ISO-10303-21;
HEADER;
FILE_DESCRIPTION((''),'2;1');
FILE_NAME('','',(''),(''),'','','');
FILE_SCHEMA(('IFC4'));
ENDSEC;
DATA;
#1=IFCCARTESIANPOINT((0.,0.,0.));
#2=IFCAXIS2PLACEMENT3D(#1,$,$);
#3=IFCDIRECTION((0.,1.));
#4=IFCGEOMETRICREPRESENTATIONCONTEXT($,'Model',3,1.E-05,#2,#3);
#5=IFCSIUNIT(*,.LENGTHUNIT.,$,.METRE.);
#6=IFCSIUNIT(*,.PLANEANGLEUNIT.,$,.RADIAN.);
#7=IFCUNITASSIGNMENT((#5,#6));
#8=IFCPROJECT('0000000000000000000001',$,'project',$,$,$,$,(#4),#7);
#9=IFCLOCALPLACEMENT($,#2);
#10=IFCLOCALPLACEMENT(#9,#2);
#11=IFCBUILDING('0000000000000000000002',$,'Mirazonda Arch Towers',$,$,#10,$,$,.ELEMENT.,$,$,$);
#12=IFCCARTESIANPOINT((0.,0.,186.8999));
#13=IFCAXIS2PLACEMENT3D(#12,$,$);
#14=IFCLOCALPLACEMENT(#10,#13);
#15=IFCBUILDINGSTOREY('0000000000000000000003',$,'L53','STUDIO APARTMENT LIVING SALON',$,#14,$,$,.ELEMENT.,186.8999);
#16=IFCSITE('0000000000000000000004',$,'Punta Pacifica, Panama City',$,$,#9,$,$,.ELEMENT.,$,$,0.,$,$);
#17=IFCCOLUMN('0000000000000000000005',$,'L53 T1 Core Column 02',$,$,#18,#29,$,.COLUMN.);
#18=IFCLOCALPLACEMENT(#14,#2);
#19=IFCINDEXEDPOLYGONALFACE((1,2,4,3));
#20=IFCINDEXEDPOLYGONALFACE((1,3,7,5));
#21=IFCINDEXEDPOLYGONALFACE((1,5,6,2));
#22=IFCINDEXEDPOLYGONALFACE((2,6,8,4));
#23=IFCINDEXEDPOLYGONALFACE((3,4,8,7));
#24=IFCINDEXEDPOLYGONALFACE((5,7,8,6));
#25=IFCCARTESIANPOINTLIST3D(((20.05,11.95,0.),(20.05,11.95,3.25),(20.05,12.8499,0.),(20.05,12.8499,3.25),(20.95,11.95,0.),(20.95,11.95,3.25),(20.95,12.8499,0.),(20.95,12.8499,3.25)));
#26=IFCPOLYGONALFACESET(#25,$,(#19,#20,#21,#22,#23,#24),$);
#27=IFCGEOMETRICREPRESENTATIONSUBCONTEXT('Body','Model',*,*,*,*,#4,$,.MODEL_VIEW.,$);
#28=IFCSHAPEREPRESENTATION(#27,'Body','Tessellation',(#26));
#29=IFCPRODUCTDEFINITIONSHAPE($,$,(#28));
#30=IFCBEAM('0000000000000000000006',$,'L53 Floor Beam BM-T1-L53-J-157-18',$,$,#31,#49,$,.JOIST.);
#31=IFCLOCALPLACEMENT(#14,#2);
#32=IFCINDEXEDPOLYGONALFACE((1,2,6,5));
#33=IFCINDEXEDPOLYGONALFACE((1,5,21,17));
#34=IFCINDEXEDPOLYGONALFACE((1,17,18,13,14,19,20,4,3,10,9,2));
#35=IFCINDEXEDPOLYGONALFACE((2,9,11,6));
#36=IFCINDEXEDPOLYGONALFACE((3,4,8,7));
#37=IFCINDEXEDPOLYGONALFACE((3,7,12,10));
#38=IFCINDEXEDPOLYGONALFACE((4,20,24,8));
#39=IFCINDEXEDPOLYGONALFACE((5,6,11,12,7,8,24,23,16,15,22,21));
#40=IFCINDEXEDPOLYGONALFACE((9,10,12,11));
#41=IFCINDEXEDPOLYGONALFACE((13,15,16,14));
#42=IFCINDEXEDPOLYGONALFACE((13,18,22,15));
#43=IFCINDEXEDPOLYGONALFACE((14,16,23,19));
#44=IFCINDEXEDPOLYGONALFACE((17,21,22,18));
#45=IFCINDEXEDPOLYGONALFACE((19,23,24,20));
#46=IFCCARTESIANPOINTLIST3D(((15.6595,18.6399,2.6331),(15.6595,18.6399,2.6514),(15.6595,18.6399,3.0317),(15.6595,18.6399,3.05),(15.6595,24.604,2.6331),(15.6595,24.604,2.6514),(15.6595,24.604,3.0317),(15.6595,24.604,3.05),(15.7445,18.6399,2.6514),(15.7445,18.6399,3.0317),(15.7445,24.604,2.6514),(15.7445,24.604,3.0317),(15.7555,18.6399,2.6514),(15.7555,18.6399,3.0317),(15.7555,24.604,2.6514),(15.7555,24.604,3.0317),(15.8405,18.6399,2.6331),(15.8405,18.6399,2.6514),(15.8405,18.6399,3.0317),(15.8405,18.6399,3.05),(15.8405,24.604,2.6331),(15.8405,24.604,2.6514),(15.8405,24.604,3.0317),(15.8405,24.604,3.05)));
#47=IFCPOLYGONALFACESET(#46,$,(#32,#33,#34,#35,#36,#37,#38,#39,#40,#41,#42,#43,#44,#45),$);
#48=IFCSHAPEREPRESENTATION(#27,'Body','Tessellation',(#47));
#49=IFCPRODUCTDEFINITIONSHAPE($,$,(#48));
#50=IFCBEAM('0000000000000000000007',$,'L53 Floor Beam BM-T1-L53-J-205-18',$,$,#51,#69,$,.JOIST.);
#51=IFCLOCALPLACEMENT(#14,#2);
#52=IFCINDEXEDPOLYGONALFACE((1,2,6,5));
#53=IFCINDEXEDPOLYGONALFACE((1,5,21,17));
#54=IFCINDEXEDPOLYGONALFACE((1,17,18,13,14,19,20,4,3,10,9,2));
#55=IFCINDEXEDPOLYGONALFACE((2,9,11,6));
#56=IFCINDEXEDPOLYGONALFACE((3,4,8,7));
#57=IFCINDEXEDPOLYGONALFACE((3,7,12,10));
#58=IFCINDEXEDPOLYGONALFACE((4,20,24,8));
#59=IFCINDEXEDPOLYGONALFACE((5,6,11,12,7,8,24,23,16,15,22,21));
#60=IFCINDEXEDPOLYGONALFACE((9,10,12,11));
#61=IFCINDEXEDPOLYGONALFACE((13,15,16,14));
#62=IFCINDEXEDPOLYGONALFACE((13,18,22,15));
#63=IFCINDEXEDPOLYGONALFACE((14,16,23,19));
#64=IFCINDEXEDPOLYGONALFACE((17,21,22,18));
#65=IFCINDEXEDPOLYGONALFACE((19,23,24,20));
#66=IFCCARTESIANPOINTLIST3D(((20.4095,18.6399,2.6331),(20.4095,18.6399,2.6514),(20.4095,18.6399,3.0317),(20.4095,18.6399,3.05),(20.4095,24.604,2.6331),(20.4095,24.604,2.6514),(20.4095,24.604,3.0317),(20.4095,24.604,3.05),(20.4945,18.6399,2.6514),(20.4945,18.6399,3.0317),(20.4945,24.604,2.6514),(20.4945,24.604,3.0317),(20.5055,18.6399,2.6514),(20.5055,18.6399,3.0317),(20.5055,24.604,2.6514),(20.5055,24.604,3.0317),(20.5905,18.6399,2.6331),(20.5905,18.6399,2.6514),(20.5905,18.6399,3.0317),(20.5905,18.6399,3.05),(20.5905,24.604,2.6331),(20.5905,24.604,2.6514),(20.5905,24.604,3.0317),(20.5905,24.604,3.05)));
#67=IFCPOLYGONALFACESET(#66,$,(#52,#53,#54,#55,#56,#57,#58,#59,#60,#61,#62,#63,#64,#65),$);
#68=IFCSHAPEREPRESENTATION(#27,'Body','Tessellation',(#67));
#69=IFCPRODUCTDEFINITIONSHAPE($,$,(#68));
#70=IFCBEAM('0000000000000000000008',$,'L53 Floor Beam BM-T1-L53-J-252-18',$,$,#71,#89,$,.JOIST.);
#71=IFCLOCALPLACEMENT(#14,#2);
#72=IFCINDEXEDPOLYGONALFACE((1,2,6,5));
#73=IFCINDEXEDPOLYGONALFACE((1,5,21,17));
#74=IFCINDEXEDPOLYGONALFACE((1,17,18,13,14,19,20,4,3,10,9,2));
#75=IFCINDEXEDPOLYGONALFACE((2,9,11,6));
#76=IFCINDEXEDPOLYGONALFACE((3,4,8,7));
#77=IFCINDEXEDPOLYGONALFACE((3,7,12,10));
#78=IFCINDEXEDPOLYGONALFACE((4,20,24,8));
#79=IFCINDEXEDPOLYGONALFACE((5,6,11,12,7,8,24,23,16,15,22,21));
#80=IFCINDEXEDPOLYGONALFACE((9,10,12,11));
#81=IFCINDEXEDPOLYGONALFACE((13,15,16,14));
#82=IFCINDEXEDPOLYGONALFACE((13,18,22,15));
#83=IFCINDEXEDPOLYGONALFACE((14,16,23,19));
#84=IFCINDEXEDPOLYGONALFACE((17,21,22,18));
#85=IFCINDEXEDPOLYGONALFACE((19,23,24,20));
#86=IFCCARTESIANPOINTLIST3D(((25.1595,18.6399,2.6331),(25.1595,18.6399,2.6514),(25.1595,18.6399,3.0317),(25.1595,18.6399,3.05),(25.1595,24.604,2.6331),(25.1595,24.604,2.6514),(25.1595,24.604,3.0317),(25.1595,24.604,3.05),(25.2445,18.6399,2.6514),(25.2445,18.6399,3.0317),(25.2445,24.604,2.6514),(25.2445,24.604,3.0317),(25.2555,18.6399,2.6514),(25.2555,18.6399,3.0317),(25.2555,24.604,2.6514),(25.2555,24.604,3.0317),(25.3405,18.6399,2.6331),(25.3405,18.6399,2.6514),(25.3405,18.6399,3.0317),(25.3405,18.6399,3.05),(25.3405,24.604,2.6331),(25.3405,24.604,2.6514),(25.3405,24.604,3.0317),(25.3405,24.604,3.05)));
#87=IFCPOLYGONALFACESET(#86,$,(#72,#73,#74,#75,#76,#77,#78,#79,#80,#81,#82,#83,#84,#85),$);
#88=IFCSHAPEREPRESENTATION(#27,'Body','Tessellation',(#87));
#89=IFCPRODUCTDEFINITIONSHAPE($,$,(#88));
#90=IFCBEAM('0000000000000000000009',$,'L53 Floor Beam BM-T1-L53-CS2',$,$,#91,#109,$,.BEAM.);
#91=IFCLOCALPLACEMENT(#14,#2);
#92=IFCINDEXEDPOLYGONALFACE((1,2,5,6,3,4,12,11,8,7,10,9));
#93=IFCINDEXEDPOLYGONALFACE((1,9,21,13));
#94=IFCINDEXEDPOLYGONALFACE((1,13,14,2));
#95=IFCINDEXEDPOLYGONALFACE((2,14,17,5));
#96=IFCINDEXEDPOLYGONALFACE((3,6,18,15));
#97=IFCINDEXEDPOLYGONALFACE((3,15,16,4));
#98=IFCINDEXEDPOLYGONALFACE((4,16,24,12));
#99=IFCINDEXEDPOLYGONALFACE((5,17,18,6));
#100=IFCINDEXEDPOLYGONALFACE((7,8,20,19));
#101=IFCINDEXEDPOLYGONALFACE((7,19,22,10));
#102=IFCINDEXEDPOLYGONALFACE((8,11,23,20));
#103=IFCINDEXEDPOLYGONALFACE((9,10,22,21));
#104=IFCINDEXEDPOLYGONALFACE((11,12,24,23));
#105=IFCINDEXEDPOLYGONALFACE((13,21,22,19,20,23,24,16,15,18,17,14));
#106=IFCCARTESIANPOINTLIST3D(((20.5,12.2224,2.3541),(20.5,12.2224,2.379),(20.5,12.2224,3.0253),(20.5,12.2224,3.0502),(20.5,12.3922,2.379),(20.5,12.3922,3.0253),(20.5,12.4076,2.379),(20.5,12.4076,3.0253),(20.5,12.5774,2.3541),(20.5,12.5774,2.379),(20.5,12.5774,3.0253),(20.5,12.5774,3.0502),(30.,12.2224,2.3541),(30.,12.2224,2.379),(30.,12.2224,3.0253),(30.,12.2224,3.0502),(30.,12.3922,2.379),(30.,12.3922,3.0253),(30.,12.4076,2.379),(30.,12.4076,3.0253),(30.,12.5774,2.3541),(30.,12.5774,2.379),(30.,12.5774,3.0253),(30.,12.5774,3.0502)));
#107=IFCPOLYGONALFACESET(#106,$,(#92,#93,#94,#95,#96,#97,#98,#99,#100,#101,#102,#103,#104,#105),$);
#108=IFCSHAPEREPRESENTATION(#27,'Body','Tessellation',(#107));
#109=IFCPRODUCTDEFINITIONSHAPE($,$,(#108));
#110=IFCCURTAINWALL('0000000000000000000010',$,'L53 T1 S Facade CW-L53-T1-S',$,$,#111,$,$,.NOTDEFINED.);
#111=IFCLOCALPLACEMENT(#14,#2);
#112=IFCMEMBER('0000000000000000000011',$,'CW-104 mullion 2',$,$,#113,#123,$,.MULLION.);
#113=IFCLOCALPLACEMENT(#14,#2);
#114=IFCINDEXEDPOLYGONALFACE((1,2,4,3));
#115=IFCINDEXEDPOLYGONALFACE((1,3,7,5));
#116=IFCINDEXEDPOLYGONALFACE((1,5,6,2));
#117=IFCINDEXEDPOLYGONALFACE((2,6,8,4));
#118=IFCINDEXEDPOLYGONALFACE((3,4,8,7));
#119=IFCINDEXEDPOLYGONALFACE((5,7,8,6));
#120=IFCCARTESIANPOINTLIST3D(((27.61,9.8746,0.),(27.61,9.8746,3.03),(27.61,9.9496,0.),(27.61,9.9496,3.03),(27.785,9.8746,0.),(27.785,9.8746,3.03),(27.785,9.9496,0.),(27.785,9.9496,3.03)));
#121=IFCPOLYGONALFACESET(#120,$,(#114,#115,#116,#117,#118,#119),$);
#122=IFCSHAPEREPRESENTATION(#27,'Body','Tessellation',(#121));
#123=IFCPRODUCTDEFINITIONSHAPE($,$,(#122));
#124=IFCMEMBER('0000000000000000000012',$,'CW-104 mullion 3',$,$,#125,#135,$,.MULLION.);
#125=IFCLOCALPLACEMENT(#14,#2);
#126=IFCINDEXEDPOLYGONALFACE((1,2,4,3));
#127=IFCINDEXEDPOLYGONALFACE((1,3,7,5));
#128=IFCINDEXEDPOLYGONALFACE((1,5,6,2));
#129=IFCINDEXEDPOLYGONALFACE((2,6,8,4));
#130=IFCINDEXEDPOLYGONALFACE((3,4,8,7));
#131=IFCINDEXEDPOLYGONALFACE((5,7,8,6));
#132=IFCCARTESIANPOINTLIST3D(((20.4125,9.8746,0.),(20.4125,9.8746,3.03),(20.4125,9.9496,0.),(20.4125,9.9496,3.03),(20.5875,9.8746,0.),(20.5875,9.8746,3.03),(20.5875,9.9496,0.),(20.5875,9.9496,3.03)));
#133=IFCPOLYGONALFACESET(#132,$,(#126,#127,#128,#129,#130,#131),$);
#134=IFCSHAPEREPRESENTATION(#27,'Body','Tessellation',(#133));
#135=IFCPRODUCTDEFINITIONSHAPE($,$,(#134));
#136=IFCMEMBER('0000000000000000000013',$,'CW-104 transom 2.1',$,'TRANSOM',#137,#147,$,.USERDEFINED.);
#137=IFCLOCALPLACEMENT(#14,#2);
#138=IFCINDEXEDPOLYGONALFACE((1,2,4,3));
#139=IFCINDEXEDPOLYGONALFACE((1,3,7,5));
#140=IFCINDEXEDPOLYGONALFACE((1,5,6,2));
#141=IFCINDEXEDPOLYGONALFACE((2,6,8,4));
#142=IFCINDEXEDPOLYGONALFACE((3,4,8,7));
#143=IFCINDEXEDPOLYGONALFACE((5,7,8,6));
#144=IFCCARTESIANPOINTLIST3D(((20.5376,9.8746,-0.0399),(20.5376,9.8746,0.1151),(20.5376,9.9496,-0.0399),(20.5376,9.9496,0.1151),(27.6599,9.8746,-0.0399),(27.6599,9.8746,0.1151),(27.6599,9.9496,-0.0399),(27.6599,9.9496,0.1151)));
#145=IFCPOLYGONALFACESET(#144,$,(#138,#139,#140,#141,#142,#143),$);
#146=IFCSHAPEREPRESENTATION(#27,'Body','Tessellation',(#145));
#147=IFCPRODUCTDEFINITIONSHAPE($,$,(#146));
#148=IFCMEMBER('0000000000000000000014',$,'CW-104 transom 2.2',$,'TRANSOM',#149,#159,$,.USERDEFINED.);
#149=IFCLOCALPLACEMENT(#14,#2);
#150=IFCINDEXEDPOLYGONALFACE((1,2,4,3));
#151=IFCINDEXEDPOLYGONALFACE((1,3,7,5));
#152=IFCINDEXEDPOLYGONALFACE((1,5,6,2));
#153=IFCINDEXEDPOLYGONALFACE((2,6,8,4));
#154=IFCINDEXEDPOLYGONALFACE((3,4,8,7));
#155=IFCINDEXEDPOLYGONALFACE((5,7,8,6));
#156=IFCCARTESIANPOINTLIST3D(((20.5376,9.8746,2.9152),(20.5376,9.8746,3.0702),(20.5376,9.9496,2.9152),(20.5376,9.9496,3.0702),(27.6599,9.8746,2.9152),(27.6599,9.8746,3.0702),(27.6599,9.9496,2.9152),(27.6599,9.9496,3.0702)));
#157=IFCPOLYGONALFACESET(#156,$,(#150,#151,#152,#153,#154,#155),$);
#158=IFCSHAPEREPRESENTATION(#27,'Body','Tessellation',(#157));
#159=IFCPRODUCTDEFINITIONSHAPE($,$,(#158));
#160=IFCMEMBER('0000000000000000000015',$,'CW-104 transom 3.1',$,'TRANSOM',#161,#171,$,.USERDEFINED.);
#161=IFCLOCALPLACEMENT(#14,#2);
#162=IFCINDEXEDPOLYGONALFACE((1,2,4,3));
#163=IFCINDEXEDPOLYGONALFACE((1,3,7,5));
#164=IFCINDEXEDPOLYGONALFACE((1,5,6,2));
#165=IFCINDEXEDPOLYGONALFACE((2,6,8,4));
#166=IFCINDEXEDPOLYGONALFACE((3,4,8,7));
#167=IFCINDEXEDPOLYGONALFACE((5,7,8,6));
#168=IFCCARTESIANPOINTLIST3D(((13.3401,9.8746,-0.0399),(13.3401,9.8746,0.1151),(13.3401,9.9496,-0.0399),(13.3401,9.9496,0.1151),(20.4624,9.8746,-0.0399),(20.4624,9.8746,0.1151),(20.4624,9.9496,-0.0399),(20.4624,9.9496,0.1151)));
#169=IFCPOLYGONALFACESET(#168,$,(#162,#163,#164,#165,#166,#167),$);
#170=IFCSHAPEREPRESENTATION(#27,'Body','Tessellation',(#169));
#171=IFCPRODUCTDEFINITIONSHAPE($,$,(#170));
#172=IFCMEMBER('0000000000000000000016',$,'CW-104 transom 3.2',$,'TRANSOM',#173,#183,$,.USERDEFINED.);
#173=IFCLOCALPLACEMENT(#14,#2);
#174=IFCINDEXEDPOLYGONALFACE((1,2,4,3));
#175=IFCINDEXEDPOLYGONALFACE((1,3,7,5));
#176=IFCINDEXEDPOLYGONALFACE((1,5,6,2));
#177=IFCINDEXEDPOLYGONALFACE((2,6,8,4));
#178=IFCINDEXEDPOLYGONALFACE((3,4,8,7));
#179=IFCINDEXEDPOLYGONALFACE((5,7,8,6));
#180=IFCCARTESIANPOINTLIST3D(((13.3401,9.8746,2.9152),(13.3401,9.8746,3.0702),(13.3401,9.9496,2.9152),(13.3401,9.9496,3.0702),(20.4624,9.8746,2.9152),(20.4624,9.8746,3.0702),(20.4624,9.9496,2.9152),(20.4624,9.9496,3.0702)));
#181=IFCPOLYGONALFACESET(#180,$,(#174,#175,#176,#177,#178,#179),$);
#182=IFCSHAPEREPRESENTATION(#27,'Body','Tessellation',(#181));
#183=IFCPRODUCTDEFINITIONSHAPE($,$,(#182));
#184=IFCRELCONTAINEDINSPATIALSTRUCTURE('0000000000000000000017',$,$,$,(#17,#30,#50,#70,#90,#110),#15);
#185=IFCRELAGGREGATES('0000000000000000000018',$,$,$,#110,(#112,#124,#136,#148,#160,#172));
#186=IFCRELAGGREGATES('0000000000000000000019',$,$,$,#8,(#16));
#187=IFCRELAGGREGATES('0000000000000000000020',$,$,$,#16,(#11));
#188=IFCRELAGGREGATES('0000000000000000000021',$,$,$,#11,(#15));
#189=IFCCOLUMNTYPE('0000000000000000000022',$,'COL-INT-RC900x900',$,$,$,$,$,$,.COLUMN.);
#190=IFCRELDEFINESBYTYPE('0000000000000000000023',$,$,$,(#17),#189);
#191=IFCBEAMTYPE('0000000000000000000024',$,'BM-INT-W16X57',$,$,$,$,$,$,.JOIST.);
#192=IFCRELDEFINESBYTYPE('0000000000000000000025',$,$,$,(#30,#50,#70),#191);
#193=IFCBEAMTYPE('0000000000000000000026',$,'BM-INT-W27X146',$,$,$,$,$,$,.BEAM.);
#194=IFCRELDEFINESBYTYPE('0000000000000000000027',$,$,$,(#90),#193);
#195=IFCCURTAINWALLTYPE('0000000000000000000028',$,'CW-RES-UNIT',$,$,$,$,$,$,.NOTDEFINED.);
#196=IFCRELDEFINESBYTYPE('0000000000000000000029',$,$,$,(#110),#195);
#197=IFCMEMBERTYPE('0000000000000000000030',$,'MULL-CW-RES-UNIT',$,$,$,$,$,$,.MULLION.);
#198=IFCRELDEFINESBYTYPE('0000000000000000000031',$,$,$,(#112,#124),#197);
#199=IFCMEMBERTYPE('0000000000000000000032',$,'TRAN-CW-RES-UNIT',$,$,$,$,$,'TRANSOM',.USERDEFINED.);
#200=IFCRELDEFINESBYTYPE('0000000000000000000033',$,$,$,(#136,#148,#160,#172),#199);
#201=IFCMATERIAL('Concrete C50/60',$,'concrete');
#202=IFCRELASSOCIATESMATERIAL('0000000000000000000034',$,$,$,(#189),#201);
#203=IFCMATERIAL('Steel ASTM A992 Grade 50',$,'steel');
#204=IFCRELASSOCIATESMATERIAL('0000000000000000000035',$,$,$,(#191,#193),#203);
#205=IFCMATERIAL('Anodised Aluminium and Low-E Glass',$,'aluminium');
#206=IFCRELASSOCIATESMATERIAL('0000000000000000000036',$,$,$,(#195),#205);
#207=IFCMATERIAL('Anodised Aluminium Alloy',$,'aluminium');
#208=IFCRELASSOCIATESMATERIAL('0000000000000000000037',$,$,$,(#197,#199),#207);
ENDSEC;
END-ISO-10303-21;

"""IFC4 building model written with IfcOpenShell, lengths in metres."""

from ifc_helpers import new_model, si_unit, direction, frame, origin, origin_2d, place, context, subcontext, project, spatial, rectangle, i_section, extrude, material, material_profile, profile_set, type_object, element, aggregate, save


model = new_model("IFC4")

# Units and contexts
model_context = context("Model", 3, precision=1e-05, world=origin(), true_north=direction((0.0, 1.0)))
body_context = subcontext(model_context, "Body", "Model", "MODEL_VIEW")
ifc_project = project(units=[si_unit("LENGTHUNIT", "METRE"), si_unit("PLANEANGLEUNIT", "RADIAN")], contexts=[model_context])

# Site, building, storey
site_placement = place(None, origin())
site = spatial("IfcSite", under=ifc_project, at=site_placement, Name="Punta Pacifica, Panama City", CompositionType="ELEMENT", RefElevation=0.0)
building_placement = place(site_placement, origin())
building = spatial("IfcBuilding", under=site, at=building_placement, Name="Mirazonda Arch Towers", CompositionType="ELEMENT")
storey_placement = place(building_placement, frame((0.0, 0.0, 186.8999)))
storey = spatial("IfcBuildingStorey", under=building, at=storey_placement, Name="L53", Description="STUDIO APARTMENT LIVING SALON", CompositionType="ELEMENT", Elevation=186.8999)

# Column
ifc_material_1 = material(Name="Concrete C50/60", Category="concrete")
ifc_material_profile_1 = material_profile(ifc_material_1, rectangle(XDim=0.8999, YDim=0.8999, at=origin_2d()), Name="RC900x900")
ifc_profile_set_1 = profile_set([ifc_material_profile_1], Name="Concrete C50/60")
column_type = type_object("IfcColumnType", Name="COL-INT-RC900x900", PredefinedType="COLUMN", material=ifc_profile_set_1)
column_placement = place(storey_placement, frame((20.5, 12.3999, 0.0), z_axis=(0.0, 0.0, 1.0), x_axis=(1.0, 0.0, 0.0)))
element("IfcColumn", 1, at=column_placement, inside=storey, type_object=column_type, Name="L53 T1 Core Column 02", PredefinedType="COLUMN", context=body_context, shape_type="SweptSolid", body=[
    extrude(rectangle(XDim=0.8999, YDim=0.8999, at=origin_2d()), origin(), (0.0, 0.0, 1.0), 3.25),
])

# Beams
ifc_material_2 = material(Name="Steel ASTM A992 Grade 50", Category="steel")
ifc_material_profile_2 = material_profile(ifc_material_2, i_section(OverallWidth=0.1809, OverallDepth=0.417, WebThickness=0.011, FlangeThickness=0.0183, at=origin_2d()), Name="W16X57")
ifc_profile_set_2 = profile_set([ifc_material_profile_2], Name="Steel ASTM A992 Grade 50")
beam_type_1 = type_object("IfcBeamType", Name="BM-INT-W16X57", PredefinedType="JOIST", material=ifc_profile_set_2)
for number, where, z_axis, x_axis, name in (
    (2, (15.75, 18.6399, 2.8416), (0.0, 1.0, 0.0), (-1.0, 0.0, 0.0), "L53 Floor Beam BM-T1-L53-J-157-18"),
    (3, (20.5, 18.6399, 2.8416), (0.0, 1.0, 0.0), (-1.0, 0.0, 0.0), "L53 Floor Beam BM-T1-L53-J-205-18"),
    (4, (25.25, 18.6399, 2.8416), (0.0, 1.0, 0.0), (-1.0, 0.0, 0.0), "L53 Floor Beam BM-T1-L53-J-252-18"),
):
    element("IfcBeam", number, at=place(storey_placement, frame(where, z_axis=z_axis, x_axis=x_axis)), inside=storey, type_object=beam_type_1, Name=name, PredefinedType="JOIST", context=body_context, shape_type="SweptSolid", body=[
        extrude(i_section(OverallWidth=0.1809, OverallDepth=0.417, WebThickness=0.011, FlangeThickness=0.0183, at=origin_2d()), origin(), (0.0, 0.0, 1.0), 5.9641),
    ])
ifc_material_profile_3 = material_profile(ifc_material_2, i_section(OverallWidth=0.355, OverallDepth=0.696, WebThickness=0.0154, FlangeThickness=0.0249, at=origin_2d()), Name="W27X146")
ifc_profile_set_3 = profile_set([ifc_material_profile_3], Name="Steel ASTM A992 Grade 50")
beam_type_2 = type_object("IfcBeamType", Name="BM-INT-W27X146", PredefinedType="BEAM", material=ifc_profile_set_3)
beam_placement = place(storey_placement, frame((20.5, 12.3999, 2.7021), z_axis=(1.0, 0.0, 0.0), x_axis=(0.0, 1.0, 0.0)))
element("IfcBeam", 5, at=beam_placement, inside=storey, type_object=beam_type_2, Name="L53 Floor Beam BM-T1-L53-CS2", PredefinedType="BEAM", context=body_context, shape_type="SweptSolid", body=[
    extrude(i_section(OverallWidth=0.355, OverallDepth=0.696, WebThickness=0.0154, FlangeThickness=0.0249, at=origin_2d()), origin(), (0.0, 0.0, 1.0), 9.5),
])

# Curtain wall, members
ifc_material_3 = material(Name="Anodised Aluminium and Low-E Glass", Category="aluminium")
curtain_wall_type = type_object("IfcCurtainWallType", Name="CW-RES-UNIT", PredefinedType="NOTDEFINED", material=ifc_material_3)
curtain_wall_placement = place(storey_placement, origin())
curtain_wall = element("IfcCurtainWall", 6, at=curtain_wall_placement, inside=storey, type_object=curtain_wall_type, Name="L53 T1 S Facade CW-L53-T1-S", PredefinedType="NOTDEFINED")
ifc_material_4 = material(Name="Anodised Aluminium Alloy", Category="aluminium")
ifc_material_profile_4 = material_profile(ifc_material_4, rectangle(XDim=0.075, YDim=0.175, at=origin_2d()), Name="ALU-MULL-75x175")
ifc_profile_set_4 = profile_set([ifc_material_profile_4], Name="Anodised Aluminium Alloy")
member_type_1 = type_object("IfcMemberType", Name="MULL-CW-RES-UNIT", PredefinedType="MULLION", material=ifc_profile_set_4)
member_1_placement = place(storey_placement, frame((27.6975, 9.9121, 0.0), z_axis=(0.0, 0.0, 1.0), x_axis=(0.0, -1.0, 0.0)))
member_1 = element("IfcMember", 7, at=member_1_placement, type_object=member_type_1, Name="CW-104 mullion 2", PredefinedType="MULLION", context=body_context, shape_type="SweptSolid", body=[
    extrude(rectangle(XDim=0.075, YDim=0.175, at=origin_2d()), origin(), (0.0, 0.0, 1.0), 3.03),
])
member_2_placement = place(storey_placement, frame((20.5, 9.9121, 0.0), z_axis=(0.0, 0.0, 1.0), x_axis=(0.0, -1.0, 0.0)))
member_2 = element("IfcMember", 8, at=member_2_placement, type_object=member_type_1, Name="CW-104 mullion 3", PredefinedType="MULLION", context=body_context, shape_type="SweptSolid", body=[
    extrude(rectangle(XDim=0.075, YDim=0.175, at=origin_2d()), origin(), (0.0, 0.0, 1.0), 3.03),
])
ifc_material_profile_5 = material_profile(ifc_material_4, rectangle(XDim=0.075, YDim=0.155, at=origin_2d()), Name="ALU-TRAN-75x155")
ifc_profile_set_5 = profile_set([ifc_material_profile_5], Name="Anodised Aluminium Alloy")
member_type_2 = type_object("IfcMemberType", Name="TRAN-CW-RES-UNIT", ElementType="TRANSOM", PredefinedType="USERDEFINED", material=ifc_profile_set_5)
member_3_placement = place(storey_placement, frame((27.6599, 9.9121, 0.0376), z_axis=(-1.0, 0.0, 0.0), x_axis=(0.0, -1.0, 0.0)))
member_3 = element("IfcMember", 9, at=member_3_placement, type_object=member_type_2, Name="CW-104 transom 2.1", ObjectType="TRANSOM", PredefinedType="USERDEFINED", context=body_context, shape_type="SweptSolid", body=[
    extrude(rectangle(XDim=0.075, YDim=0.155, at=origin_2d()), origin(), (0.0, 0.0, 1.0), 7.1223),
])
member_4_placement = place(storey_placement, frame((27.6599, 9.9121, 2.9927), z_axis=(-1.0, 0.0, 0.0), x_axis=(0.0, -1.0, 0.0)))
member_4 = element("IfcMember", 10, at=member_4_placement, type_object=member_type_2, Name="CW-104 transom 2.2", ObjectType="TRANSOM", PredefinedType="USERDEFINED", context=body_context, shape_type="SweptSolid", body=[
    extrude(rectangle(XDim=0.075, YDim=0.155, at=origin_2d()), origin(), (0.0, 0.0, 1.0), 7.1223),
])
member_5_placement = place(storey_placement, frame((20.4624, 9.9121, 0.0376), z_axis=(-1.0, 0.0, 0.0), x_axis=(0.0, -1.0, 0.0)))
member_5 = element("IfcMember", 11, at=member_5_placement, type_object=member_type_2, Name="CW-104 transom 3.1", ObjectType="TRANSOM", PredefinedType="USERDEFINED", context=body_context, shape_type="SweptSolid", body=[
    extrude(rectangle(XDim=0.075, YDim=0.155, at=origin_2d()), origin(), (0.0, 0.0, 1.0), 7.1223),
])
member_6_placement = place(storey_placement, frame((20.4624, 9.9121, 2.9927), z_axis=(-1.0, 0.0, 0.0), x_axis=(0.0, -1.0, 0.0)))
member_6 = element("IfcMember", 12, at=member_6_placement, type_object=member_type_2, Name="CW-104 transom 3.2", ObjectType="TRANSOM", PredefinedType="USERDEFINED", context=body_context, shape_type="SweptSolid", body=[
    extrude(rectangle(XDim=0.075, YDim=0.155, at=origin_2d()), origin(), (0.0, 0.0, 1.0), 7.1223),
])
aggregate(curtain_wall, [member_1, member_2, member_3, member_4, member_5, member_6])

save(model, "model.ifc")
